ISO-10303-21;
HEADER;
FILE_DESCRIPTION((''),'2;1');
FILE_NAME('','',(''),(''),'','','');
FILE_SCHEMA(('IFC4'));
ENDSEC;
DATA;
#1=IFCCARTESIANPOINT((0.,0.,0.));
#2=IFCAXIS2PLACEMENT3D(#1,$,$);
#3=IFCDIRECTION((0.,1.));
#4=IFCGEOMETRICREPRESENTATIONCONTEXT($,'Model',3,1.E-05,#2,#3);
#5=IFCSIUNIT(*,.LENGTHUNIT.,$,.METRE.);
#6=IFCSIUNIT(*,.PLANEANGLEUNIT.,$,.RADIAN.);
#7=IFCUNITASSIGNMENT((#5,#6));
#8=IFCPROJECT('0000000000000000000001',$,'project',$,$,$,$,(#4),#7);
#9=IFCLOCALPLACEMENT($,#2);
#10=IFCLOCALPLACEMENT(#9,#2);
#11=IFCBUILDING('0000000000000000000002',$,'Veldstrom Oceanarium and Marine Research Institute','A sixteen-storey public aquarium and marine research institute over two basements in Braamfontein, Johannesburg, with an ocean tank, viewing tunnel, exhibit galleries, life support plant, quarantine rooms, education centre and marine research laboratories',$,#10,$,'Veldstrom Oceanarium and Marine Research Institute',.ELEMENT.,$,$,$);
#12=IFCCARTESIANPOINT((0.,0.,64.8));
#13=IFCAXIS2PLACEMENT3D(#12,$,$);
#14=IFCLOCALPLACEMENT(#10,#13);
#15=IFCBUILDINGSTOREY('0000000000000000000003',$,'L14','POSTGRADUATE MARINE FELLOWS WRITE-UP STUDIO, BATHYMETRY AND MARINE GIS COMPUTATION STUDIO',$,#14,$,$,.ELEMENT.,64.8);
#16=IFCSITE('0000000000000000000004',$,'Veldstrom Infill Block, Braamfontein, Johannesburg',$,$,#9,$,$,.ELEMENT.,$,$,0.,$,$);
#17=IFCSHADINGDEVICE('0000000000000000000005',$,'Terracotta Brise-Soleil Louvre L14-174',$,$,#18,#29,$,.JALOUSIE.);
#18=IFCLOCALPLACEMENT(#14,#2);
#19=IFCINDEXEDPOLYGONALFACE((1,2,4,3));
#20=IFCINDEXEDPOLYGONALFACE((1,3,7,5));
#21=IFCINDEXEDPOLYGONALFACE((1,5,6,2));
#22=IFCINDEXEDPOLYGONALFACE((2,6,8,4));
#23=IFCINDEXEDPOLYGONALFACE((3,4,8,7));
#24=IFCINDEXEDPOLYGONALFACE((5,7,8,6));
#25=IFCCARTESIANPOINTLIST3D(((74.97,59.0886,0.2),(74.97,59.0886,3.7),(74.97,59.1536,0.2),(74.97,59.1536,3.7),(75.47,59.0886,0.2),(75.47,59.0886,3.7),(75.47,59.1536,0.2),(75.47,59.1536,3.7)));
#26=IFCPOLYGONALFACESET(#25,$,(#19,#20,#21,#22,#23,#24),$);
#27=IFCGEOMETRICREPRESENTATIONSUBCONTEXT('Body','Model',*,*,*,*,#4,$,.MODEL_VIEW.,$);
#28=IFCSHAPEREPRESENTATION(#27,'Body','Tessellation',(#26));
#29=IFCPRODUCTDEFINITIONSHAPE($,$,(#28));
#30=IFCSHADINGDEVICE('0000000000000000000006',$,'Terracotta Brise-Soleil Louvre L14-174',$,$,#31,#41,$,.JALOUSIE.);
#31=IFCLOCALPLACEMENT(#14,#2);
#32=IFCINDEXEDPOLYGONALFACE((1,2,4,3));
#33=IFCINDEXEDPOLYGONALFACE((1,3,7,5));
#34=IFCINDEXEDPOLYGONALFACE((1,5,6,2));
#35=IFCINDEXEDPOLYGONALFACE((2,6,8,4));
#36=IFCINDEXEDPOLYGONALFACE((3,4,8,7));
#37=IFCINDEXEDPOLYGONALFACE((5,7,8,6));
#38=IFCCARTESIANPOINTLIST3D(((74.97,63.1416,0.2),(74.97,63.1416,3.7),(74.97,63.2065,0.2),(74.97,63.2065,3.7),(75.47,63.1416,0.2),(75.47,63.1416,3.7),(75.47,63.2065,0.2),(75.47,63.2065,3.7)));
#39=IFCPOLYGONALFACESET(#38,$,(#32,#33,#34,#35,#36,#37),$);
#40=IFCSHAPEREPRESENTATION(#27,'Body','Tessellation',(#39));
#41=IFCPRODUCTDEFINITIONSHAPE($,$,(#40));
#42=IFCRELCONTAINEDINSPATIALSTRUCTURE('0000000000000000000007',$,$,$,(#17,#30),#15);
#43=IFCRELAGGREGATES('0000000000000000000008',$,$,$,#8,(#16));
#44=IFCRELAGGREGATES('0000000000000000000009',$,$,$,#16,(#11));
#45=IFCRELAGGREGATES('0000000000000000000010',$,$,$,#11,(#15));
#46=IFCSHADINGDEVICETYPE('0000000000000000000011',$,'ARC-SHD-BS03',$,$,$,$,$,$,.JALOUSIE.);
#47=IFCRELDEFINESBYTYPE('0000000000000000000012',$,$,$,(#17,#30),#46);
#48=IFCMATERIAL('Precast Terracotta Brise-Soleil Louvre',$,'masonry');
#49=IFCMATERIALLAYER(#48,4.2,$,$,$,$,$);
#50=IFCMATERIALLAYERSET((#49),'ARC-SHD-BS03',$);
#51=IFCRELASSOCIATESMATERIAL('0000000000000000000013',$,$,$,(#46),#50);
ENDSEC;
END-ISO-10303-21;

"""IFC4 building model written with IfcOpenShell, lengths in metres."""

from ifc_helpers import new_model, si_unit, direction, frame, origin, origin_2d, place, context, subcontext, project, spatial, rectangle, extrude, material, layer, layer_set, type_object, element, save


model = new_model("IFC4")

# Units and contexts
model_context = context("Model", 3, precision=1e-05, world=origin(), true_north=direction((0.0, 1.0)))
body_context = subcontext(model_context, "Body", "Model", "MODEL_VIEW")
ifc_project = project(units=[si_unit("LENGTHUNIT", "METRE"), si_unit("PLANEANGLEUNIT", "RADIAN")], contexts=[model_context])

# Site, building, storey
site_placement = place(None, origin())
site = spatial("IfcSite", under=ifc_project, at=site_placement, Name="Veldstrom Infill Block, Braamfontein, Johannesburg", CompositionType="ELEMENT", RefElevation=0.0)
building_placement = place(site_placement, origin())
building = spatial("IfcBuilding", under=site, at=building_placement, Name="Veldstrom Oceanarium and Marine Research Institute", Description="A sixteen-storey public aquarium and marine research institute over two basements in Braamfontein, Johannesburg, with an ocean tank, viewing tunnel, exhibit galleries, life support plant, quarantine rooms, education centre and marine research laboratories", LongName="Veldstrom Oceanarium and Marine Research Institute", CompositionType="ELEMENT")
storey_placement = place(building_placement, frame((0.0, 0.0, 64.8)))
storey = spatial("IfcBuildingStorey", under=building, at=storey_placement, Name="L14", Description="POSTGRADUATE MARINE FELLOWS WRITE-UP STUDIO, BATHYMETRY AND MARINE GIS COMPUTATION STUDIO", CompositionType="ELEMENT", Elevation=64.8)

# Shading devices
ifc_material_1 = material(Name="Precast Terracotta Brise-Soleil Louvre", Category="masonry")
ifc_layer_1 = layer(ifc_material_1, 4.2)
ifc_layer_set_1 = layer_set([ifc_layer_1], Name="ARC-SHD-BS03")
shading_device_type = type_object("IfcShadingDeviceType", Name="ARC-SHD-BS03", PredefinedType="JALOUSIE", material=ifc_layer_set_1)
for number, where, z_axis, x_axis, name in (
    (1, (75.22, 59.1211, 0.2), (0.0, 0.0, 1.0), (1.0, 0.0, 0.0), "Terracotta Brise-Soleil Louvre L14-174"),
    (2, (75.22, 63.1741, 0.2), (0.0, 0.0, 1.0), (1.0, 0.0, 0.0), "Terracotta Brise-Soleil Louvre L14-174"),
):
    element("IfcShadingDevice", number, at=place(storey_placement, frame(where, z_axis=z_axis, x_axis=x_axis)), inside=storey, type_object=shading_device_type, Name=name, PredefinedType="JALOUSIE", context=body_context, shape_type="SweptSolid", body=[
        extrude(rectangle(XDim=0.5, YDim=0.0649, at=origin_2d()), origin(), (0.0, 0.0, 1.0), 3.5),
    ])

save(model, "model.ifc")
